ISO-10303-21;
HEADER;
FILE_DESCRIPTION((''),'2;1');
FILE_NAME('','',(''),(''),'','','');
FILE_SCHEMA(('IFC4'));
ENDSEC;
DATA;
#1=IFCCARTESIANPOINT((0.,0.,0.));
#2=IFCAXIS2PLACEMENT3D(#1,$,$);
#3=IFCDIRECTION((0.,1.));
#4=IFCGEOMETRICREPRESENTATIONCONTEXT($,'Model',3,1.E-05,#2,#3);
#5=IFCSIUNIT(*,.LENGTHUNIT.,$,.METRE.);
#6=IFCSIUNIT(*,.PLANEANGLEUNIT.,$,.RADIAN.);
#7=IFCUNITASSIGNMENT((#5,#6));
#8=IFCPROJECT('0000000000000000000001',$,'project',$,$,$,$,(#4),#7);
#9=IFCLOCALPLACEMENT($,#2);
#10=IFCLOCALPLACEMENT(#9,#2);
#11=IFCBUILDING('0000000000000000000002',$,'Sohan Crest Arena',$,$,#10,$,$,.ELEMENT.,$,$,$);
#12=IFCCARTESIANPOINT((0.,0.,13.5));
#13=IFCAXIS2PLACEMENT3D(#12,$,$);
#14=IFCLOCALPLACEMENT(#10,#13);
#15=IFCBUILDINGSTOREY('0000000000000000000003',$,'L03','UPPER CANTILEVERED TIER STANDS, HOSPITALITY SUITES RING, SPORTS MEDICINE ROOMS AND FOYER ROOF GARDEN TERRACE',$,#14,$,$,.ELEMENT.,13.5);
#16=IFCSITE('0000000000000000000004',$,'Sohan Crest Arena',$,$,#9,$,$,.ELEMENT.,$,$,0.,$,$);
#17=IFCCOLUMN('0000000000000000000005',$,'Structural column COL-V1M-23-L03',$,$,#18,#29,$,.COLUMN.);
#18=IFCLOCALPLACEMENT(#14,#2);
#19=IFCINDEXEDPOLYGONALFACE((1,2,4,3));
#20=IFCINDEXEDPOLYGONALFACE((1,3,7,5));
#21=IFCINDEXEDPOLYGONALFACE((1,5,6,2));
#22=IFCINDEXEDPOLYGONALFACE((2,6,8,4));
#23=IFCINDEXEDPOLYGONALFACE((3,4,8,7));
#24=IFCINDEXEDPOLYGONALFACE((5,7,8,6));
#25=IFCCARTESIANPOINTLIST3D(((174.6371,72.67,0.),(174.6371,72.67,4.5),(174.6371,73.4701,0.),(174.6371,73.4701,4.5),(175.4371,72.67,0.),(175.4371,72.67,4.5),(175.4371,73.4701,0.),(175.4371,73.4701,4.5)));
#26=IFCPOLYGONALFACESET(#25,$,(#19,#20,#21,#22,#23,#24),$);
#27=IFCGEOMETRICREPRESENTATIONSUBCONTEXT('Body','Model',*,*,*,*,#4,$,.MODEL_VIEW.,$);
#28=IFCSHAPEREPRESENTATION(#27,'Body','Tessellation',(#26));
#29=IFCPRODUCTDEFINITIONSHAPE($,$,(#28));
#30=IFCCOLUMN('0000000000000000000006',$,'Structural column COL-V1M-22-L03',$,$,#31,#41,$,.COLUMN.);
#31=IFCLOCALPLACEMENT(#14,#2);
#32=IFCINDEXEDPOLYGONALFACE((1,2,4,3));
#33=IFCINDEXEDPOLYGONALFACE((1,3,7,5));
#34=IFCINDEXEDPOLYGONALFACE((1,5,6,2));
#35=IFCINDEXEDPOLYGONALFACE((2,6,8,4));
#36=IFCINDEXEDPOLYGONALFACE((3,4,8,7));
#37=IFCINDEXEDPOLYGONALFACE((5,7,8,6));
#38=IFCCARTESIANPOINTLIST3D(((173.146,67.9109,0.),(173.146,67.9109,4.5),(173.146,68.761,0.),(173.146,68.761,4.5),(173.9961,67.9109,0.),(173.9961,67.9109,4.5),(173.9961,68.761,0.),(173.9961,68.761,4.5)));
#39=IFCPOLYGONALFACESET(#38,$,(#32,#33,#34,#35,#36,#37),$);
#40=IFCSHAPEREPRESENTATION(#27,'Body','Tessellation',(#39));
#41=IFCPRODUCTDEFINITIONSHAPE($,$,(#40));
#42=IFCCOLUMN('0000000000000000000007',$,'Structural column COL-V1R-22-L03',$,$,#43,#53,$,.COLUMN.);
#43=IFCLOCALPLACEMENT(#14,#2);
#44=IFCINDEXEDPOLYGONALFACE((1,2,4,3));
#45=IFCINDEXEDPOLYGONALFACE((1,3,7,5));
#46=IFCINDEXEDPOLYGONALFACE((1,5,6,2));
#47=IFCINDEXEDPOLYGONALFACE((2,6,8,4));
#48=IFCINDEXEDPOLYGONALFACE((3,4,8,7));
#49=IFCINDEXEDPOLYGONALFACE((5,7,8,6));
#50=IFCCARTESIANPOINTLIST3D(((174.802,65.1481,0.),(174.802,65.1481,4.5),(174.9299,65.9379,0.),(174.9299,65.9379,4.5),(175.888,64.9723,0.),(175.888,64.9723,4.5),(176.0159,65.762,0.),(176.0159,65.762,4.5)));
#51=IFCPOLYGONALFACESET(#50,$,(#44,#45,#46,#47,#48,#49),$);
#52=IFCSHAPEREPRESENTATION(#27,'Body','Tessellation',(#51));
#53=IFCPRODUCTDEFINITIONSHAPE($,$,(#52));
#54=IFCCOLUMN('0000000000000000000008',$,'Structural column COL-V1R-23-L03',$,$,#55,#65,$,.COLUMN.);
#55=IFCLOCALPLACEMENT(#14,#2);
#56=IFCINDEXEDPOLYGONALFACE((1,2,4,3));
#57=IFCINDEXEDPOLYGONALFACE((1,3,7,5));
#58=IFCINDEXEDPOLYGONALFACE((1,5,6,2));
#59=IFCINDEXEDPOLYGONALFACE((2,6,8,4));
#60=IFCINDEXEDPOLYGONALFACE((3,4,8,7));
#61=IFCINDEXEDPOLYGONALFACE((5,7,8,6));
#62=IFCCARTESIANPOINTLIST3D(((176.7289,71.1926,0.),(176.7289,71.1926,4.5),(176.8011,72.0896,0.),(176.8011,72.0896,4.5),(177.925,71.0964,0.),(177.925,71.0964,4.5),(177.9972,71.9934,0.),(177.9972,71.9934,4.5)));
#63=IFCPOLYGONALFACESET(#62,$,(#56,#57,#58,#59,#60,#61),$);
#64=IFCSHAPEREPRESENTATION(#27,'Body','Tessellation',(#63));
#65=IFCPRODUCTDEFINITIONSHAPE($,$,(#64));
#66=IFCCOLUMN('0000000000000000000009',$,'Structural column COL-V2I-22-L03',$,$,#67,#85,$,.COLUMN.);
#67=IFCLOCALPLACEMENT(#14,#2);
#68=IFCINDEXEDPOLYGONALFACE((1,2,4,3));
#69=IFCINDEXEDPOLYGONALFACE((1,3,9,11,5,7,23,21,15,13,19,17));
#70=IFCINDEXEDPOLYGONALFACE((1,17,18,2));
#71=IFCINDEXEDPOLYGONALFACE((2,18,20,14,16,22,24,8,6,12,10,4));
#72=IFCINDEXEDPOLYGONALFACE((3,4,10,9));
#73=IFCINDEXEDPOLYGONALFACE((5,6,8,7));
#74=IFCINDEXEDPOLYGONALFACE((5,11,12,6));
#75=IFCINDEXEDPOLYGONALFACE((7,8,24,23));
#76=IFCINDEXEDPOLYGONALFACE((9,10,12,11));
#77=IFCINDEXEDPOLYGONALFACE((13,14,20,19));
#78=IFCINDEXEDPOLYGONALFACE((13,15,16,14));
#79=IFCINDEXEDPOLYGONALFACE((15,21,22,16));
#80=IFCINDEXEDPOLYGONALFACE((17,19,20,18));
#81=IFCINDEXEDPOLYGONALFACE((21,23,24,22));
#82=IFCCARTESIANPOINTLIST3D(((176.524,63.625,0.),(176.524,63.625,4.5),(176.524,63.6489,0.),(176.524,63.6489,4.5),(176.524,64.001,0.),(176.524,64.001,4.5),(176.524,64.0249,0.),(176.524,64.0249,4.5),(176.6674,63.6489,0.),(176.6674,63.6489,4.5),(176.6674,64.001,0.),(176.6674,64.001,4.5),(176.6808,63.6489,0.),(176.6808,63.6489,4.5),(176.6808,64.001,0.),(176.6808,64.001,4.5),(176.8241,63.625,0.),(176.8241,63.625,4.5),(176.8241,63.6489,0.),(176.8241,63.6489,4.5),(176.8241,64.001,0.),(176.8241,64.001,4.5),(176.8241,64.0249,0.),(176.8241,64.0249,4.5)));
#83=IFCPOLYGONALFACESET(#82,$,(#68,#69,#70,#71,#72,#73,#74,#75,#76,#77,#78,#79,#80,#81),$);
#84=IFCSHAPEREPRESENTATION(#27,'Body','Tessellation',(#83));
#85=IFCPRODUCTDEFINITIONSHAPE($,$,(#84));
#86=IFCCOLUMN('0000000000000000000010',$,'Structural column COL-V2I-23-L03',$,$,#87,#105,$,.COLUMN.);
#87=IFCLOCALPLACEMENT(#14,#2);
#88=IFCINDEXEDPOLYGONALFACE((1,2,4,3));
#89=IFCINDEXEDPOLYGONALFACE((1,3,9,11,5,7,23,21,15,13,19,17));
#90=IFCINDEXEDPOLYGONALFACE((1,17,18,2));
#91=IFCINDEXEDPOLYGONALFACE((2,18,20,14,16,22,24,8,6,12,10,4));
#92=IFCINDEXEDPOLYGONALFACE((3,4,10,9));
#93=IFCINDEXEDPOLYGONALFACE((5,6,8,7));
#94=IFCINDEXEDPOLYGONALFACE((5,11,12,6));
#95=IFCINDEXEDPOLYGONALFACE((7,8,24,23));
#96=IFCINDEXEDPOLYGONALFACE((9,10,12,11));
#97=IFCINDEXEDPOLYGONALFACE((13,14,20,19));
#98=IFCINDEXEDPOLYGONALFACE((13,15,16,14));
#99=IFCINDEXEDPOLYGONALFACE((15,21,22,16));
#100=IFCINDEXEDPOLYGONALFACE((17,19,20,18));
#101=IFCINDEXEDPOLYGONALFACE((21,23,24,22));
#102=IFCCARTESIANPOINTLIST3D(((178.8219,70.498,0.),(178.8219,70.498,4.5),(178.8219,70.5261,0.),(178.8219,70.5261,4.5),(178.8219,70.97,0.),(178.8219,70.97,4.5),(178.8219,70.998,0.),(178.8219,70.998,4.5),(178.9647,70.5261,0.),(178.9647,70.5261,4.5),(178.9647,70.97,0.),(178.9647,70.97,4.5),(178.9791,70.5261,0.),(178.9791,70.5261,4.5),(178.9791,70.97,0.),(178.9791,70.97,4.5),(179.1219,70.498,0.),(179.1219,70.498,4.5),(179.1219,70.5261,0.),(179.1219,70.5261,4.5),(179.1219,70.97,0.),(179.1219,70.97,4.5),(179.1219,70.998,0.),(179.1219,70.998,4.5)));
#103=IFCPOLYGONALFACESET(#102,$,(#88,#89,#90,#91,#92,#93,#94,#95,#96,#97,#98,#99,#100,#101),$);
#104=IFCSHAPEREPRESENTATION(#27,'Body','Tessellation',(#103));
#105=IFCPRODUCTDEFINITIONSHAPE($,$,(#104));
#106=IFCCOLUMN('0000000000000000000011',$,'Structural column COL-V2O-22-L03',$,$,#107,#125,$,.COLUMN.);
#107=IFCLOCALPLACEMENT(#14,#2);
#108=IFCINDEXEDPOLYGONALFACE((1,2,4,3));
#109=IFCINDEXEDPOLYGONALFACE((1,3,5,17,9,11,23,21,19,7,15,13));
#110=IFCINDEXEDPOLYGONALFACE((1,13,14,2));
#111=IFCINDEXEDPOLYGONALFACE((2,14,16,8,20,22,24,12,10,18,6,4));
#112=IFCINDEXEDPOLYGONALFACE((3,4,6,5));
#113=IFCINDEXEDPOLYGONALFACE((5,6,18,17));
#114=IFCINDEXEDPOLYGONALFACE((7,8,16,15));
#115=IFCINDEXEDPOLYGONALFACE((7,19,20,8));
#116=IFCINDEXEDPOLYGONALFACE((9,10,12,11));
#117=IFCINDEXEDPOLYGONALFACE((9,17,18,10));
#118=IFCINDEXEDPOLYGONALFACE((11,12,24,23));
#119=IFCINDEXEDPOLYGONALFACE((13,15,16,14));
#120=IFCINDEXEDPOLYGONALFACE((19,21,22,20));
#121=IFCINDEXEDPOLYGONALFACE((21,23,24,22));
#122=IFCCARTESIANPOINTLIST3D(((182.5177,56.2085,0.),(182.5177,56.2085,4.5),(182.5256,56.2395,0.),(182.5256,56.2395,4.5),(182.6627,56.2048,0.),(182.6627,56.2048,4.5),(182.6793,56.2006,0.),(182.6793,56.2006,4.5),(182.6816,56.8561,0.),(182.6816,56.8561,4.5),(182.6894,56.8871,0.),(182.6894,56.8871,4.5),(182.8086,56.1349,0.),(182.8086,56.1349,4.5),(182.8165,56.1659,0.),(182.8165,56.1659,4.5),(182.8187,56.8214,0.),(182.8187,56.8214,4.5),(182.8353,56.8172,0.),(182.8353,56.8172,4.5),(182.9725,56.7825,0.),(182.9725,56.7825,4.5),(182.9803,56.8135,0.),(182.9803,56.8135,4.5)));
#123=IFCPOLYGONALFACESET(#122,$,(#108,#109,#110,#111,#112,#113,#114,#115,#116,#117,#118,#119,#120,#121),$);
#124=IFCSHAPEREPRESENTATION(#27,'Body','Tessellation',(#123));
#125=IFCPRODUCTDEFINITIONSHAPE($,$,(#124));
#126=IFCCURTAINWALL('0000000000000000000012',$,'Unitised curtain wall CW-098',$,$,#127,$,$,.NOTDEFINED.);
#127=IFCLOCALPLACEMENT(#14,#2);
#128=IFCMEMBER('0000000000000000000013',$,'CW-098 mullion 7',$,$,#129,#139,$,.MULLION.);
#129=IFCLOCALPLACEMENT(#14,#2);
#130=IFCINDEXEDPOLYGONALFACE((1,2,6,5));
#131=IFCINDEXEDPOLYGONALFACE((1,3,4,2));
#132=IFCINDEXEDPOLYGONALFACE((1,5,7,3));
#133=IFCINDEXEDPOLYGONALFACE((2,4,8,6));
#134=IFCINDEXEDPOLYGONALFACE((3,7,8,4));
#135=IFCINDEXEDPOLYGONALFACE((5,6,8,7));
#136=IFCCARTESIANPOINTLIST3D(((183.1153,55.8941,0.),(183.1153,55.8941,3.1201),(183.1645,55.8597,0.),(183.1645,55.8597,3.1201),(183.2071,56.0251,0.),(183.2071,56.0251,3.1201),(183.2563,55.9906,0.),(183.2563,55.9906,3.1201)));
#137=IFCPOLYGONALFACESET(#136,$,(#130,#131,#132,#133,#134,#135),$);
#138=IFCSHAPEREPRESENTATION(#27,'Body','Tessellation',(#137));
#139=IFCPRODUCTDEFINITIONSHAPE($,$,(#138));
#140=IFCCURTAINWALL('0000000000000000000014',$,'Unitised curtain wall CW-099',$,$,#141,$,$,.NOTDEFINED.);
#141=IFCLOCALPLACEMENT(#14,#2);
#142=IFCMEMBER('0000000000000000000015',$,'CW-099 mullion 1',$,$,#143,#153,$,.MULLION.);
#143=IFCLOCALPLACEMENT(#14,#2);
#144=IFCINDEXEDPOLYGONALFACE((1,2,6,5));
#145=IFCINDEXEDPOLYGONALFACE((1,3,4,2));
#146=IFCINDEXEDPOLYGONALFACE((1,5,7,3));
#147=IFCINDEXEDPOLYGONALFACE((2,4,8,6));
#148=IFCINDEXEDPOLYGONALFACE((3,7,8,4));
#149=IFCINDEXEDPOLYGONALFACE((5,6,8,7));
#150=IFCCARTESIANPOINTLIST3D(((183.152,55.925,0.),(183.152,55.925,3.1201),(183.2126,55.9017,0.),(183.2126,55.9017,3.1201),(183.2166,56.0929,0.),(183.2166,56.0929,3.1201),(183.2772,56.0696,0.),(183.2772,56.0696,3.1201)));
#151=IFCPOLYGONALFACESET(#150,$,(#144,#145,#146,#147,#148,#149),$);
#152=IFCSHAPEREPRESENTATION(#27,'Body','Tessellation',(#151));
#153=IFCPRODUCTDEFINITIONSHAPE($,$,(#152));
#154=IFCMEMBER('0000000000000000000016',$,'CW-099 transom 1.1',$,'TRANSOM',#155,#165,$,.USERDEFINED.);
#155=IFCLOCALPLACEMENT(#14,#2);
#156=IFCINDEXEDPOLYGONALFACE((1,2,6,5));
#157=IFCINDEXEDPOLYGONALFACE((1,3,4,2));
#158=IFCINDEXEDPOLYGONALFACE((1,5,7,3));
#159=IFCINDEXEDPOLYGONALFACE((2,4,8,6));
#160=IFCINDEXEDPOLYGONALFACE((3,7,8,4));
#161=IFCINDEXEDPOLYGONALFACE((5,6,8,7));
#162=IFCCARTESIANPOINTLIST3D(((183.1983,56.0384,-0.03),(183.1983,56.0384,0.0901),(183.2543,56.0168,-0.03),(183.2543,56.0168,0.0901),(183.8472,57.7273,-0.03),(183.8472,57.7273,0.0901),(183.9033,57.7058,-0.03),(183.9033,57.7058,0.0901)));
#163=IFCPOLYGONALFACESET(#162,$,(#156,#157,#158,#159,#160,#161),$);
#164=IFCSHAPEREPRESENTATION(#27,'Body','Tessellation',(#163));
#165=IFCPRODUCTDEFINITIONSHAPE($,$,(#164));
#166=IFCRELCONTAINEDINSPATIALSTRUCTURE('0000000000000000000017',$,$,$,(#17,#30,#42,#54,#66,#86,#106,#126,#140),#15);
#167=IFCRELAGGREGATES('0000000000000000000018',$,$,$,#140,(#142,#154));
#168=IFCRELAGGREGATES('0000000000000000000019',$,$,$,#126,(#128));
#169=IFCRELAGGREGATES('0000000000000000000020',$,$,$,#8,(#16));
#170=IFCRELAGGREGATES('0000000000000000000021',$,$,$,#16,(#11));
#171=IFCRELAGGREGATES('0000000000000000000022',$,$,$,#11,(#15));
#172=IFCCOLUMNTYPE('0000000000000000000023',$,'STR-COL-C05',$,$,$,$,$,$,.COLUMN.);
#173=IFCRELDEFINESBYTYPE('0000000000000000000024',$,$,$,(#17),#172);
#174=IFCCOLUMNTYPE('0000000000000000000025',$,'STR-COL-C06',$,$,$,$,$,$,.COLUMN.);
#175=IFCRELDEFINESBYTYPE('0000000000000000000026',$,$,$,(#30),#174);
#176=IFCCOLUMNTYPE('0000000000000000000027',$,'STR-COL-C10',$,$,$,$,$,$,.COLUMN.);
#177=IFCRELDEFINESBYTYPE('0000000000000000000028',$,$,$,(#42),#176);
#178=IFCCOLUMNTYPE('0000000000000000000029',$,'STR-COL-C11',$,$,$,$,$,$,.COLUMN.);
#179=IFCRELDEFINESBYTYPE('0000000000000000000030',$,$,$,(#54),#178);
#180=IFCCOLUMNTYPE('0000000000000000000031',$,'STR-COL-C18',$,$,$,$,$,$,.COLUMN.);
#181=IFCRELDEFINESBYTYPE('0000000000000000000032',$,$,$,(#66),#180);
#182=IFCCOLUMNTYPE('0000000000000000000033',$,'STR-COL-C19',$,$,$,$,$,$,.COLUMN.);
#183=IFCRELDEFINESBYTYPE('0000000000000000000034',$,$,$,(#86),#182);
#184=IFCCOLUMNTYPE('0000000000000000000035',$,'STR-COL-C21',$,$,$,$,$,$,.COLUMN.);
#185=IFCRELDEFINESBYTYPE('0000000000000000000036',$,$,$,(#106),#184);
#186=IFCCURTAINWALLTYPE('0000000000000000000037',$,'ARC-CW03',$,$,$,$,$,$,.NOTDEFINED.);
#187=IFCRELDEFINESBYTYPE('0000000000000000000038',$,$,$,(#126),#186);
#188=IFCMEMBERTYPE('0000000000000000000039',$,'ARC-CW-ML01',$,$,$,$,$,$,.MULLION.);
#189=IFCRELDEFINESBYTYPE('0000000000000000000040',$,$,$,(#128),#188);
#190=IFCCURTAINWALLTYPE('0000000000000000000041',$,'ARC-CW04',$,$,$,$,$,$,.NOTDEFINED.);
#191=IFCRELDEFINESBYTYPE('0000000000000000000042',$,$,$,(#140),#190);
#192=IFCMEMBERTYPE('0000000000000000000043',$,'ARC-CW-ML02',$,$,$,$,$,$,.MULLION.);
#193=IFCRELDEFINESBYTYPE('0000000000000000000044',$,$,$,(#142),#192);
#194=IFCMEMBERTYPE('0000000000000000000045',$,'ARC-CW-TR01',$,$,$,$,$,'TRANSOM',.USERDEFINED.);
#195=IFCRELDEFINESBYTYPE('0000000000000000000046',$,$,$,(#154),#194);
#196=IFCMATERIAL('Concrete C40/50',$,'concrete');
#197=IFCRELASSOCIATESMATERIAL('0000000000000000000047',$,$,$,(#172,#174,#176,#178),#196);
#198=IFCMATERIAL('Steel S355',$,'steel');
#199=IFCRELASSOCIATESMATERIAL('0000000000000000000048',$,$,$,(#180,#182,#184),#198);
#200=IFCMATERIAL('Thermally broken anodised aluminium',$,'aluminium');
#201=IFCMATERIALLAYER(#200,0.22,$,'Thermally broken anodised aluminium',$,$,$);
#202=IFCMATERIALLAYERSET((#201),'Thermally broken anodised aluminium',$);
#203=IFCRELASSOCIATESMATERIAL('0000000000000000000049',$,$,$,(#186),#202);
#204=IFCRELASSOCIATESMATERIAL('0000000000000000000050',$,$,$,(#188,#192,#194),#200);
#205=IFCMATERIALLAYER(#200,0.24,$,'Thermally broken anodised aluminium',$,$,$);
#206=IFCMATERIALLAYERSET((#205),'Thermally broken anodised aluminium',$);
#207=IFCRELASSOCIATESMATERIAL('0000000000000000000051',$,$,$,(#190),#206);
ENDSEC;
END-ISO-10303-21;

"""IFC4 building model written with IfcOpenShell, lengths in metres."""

from ifc_helpers import new_model, si_unit, direction, frame, origin, origin_2d, place, context, subcontext, project, spatial, rectangle, i_section, extrude, material, layer, layer_set, material_profile, profile_set, type_object, element, aggregate, save


model = new_model("IFC4")

# Units and contexts
model_context = context("Model", 3, precision=1e-05, world=origin(), true_north=direction((0.0, 1.0)))
body_context = subcontext(model_context, "Body", "Model", "MODEL_VIEW")
ifc_project = project(units=[si_unit("LENGTHUNIT", "METRE"), si_unit("PLANEANGLEUNIT", "RADIAN")], contexts=[model_context])

# Site, building, storey
site_placement = place(None, origin())
site = spatial("IfcSite", under=ifc_project, at=site_placement, Name="Sohan Crest Arena", CompositionType="ELEMENT", RefElevation=0.0)
building_placement = place(site_placement, origin())
building = spatial("IfcBuilding", under=site, at=building_placement, Name="Sohan Crest Arena", CompositionType="ELEMENT")
storey_placement = place(building_placement, frame((0.0, 0.0, 13.5)))
storey = spatial("IfcBuildingStorey", under=building, at=storey_placement, Name="L03", Description="UPPER CANTILEVERED TIER STANDS, HOSPITALITY SUITES RING, SPORTS MEDICINE ROOMS AND FOYER ROOF GARDEN TERRACE", CompositionType="ELEMENT", Elevation=13.5)

# Columns
ifc_material_1 = material(Name="Concrete C40/50", Category="concrete")
ifc_material_profile_1 = material_profile(ifc_material_1, rectangle(XDim=0.8, YDim=0.8, at=origin_2d()), Name="RC 800x800")
ifc_profile_set_1 = profile_set([ifc_material_profile_1], Name="Concrete C40/50")
column_type_1 = type_object("IfcColumnType", Name="STR-COL-C05", PredefinedType="COLUMN", material=ifc_profile_set_1)
column_1_placement = place(storey_placement, frame((175.0371, 73.0701, 0.0), z_axis=(0.0, 0.0, 1.0), x_axis=(1.0, 0.0, 0.0)))
element("IfcColumn", 1, at=column_1_placement, inside=storey, type_object=column_type_1, Name="Structural column COL-V1M-23-L03", PredefinedType="COLUMN", context=body_context, shape_type="SweptSolid", body=[
    extrude(rectangle(XDim=0.8, YDim=0.8, at=origin_2d()), origin(), (0.0, 0.0, 1.0), 4.5),
])
ifc_material_profile_2 = material_profile(ifc_material_1, rectangle(XDim=0.8501, YDim=0.8501, at=origin_2d()), Name="RC 850x850")
ifc_profile_set_2 = profile_set([ifc_material_profile_2], Name="Concrete C40/50")
column_type_2 = type_object("IfcColumnType", Name="STR-COL-C06", PredefinedType="COLUMN", material=ifc_profile_set_2)
column_2_placement = place(storey_placement, frame((173.571, 68.3359, 0.0), z_axis=(0.0, 0.0, 1.0), x_axis=(1.0, 0.0, 0.0)))
element("IfcColumn", 2, at=column_2_placement, inside=storey, type_object=column_type_2, Name="Structural column COL-V1M-22-L03", PredefinedType="COLUMN", context=body_context, shape_type="SweptSolid", body=[
    extrude(rectangle(XDim=0.8501, YDim=0.8501, at=origin_2d()), origin(), (0.0, 0.0, 1.0), 4.5),
])
ifc_material_profile_3 = material_profile(ifc_material_1, rectangle(XDim=1.1001, YDim=0.8, at=origin_2d()), Name="RC 1100x800")
ifc_profile_set_3 = profile_set([ifc_material_profile_3], Name="Concrete C40/50")
column_type_3 = type_object("IfcColumnType", Name="STR-COL-C10", PredefinedType="COLUMN", material=ifc_profile_set_3)
column_3_placement = place(storey_placement, frame((175.4089, 65.4551, 0.0), z_axis=(0.0, 0.0, 1.0), x_axis=(-0.987136, 0.159881, 0.0)))
element("IfcColumn", 3, at=column_3_placement, inside=storey, type_object=column_type_3, Name="Structural column COL-V1R-22-L03", PredefinedType="COLUMN", context=body_context, shape_type="SweptSolid", body=[
    extrude(rectangle(XDim=1.1001, YDim=0.8, at=origin_2d()), origin(), (0.0, 0.0, 1.0), 4.5),
])
ifc_material_profile_4 = material_profile(ifc_material_1, rectangle(XDim=1.2, YDim=0.8999, at=origin_2d()), Name="RC 1200x900")
ifc_profile_set_4 = profile_set([ifc_material_profile_4], Name="Concrete C40/50")
column_type_4 = type_object("IfcColumnType", Name="STR-COL-C11", PredefinedType="COLUMN", material=ifc_profile_set_4)
column_4_placement = place(storey_placement, frame((177.363, 71.593, 0.0), z_axis=(0.0, 0.0, 1.0), x_axis=(-0.996779, 0.080199, 0.0)))
element("IfcColumn", 4, at=column_4_placement, inside=storey, type_object=column_type_4, Name="Structural column COL-V1R-23-L03", PredefinedType="COLUMN", context=body_context, shape_type="SweptSolid", body=[
    extrude(rectangle(XDim=1.2, YDim=0.8999, at=origin_2d()), origin(), (0.0, 0.0, 1.0), 4.5),
])
ifc_material_2 = material(Name="Steel S355", Category="steel")
ifc_material_profile_5 = material_profile(ifc_material_2, i_section(OverallWidth=0.3, OverallDepth=0.3999, WebThickness=0.0134, FlangeThickness=0.0239, at=origin_2d()), Name="HEB 400")
ifc_profile_set_5 = profile_set([ifc_material_profile_5], Name="Steel S355")
column_type_5 = type_object("IfcColumnType", Name="STR-COL-C18", PredefinedType="COLUMN", material=ifc_profile_set_5)
column_5_placement = place(storey_placement, frame((176.6741, 63.825, 0.0), z_axis=(0.0, 0.0, 1.0), x_axis=(1.0, 0.0, 0.0)))
element("IfcColumn", 5, at=column_5_placement, inside=storey, type_object=column_type_5, Name="Structural column COL-V2I-22-L03", PredefinedType="COLUMN", context=body_context, shape_type="SweptSolid", body=[
    extrude(i_section(OverallWidth=0.3, OverallDepth=0.3999, WebThickness=0.0134, FlangeThickness=0.0239, at=origin_2d()), origin(), (0.0, 0.0, 1.0), 4.5),
])
ifc_material_profile_6 = material_profile(ifc_material_2, i_section(OverallWidth=0.3, OverallDepth=0.5, WebThickness=0.0144, FlangeThickness=0.0281, at=origin_2d()), Name="HEB 500")
ifc_profile_set_6 = profile_set([ifc_material_profile_6], Name="Steel S355")
column_type_6 = type_object("IfcColumnType", Name="STR-COL-C19", PredefinedType="COLUMN", material=ifc_profile_set_6)
column_6_placement = place(storey_placement, frame((178.9719, 70.748, 0.0), z_axis=(0.0, 0.0, 1.0), x_axis=(1.0, 0.0, 0.0)))
element("IfcColumn", 6, at=column_6_placement, inside=storey, type_object=column_type_6, Name="Structural column COL-V2I-23-L03", PredefinedType="COLUMN", context=body_context, shape_type="SweptSolid", body=[
    extrude(i_section(OverallWidth=0.3, OverallDepth=0.5, WebThickness=0.0144, FlangeThickness=0.0281, at=origin_2d()), origin(), (0.0, 0.0, 1.0), 4.5),
])
ifc_material_profile_7 = material_profile(ifc_material_2, i_section(OverallWidth=0.3, OverallDepth=0.7, WebThickness=0.0171, FlangeThickness=0.032, at=origin_2d()), Name="HEB 700")
ifc_profile_set_7 = profile_set([ifc_material_profile_7], Name="Steel S355")
column_type_7 = type_object("IfcColumnType", Name="STR-COL-C21", PredefinedType="COLUMN", material=ifc_profile_set_7)
column_7_placement = place(storey_placement, frame((182.749, 56.511, 0.0), z_axis=(0.0, 0.0, 1.0), x_axis=(-0.969445, 0.245307, 0.0)))
element("IfcColumn", 7, at=column_7_placement, inside=storey, type_object=column_type_7, Name="Structural column COL-V2O-22-L03", PredefinedType="COLUMN", context=body_context, shape_type="SweptSolid", body=[
    extrude(i_section(OverallWidth=0.3, OverallDepth=0.7, WebThickness=0.0171, FlangeThickness=0.032, at=origin_2d()), origin(), (0.0, 0.0, 1.0), 4.5),
])

# Curtain wall, member
ifc_material_3 = material(Name="Thermally broken anodised aluminium", Category="aluminium")
ifc_layer_1 = layer(ifc_material_3, 0.22, Name="Thermally broken anodised aluminium")
ifc_layer_set_1 = layer_set([ifc_layer_1], Name="Thermally broken anodised aluminium")
curtain_wall_type_1 = type_object("IfcCurtainWallType", Name="ARC-CW03", PredefinedType="NOTDEFINED", material=ifc_layer_set_1)
curtain_wall_1_placement = place(storey_placement, origin())
curtain_wall_1 = element("IfcCurtainWall", 8, at=curtain_wall_1_placement, inside=storey, type_object=curtain_wall_type_1, Name="Unitised curtain wall CW-098", PredefinedType="NOTDEFINED")
ifc_material_profile_8 = material_profile(ifc_material_3, rectangle(XDim=0.0601, YDim=0.1599, at=origin_2d()), Name="ALU-MULL 60x160")
ifc_profile_set_8 = profile_set([ifc_material_profile_8], Name="Thermally broken anodised aluminium")
member_type_1 = type_object("IfcMemberType", Name="ARC-CW-ML01", PredefinedType="MULLION", material=ifc_profile_set_8)
member_1_placement = place(storey_placement, frame((183.1858, 55.9424, 0.0), z_axis=(0.0, 0.0, 1.0), x_axis=(-0.818899, 0.573938, 0.0)))
member_1 = element("IfcMember", 9, at=member_1_placement, type_object=member_type_1, Name="CW-098 mullion 7", PredefinedType="MULLION", context=body_context, shape_type="SweptSolid", body=[
    extrude(rectangle(XDim=0.0601, YDim=0.1599, at=origin_2d()), origin(), (0.0, 0.0, 1.0), 3.1201),
])

# Curtain wall, members
ifc_layer_2 = layer(ifc_material_3, 0.24, Name="Thermally broken anodised aluminium")
ifc_layer_set_2 = layer_set([ifc_layer_2], Name="Thermally broken anodised aluminium")
curtain_wall_type_2 = type_object("IfcCurtainWallType", Name="ARC-CW04", PredefinedType="NOTDEFINED", material=ifc_layer_set_2)
curtain_wall_2_placement = place(storey_placement, origin())
curtain_wall_2 = element("IfcCurtainWall", 10, at=curtain_wall_2_placement, inside=storey, type_object=curtain_wall_type_2, Name="Unitised curtain wall CW-099", PredefinedType="NOTDEFINED")
ifc_material_profile_9 = material_profile(ifc_material_3, rectangle(XDim=0.0649, YDim=0.1799, at=origin_2d()), Name="ALU-MULL 65x180")
ifc_profile_set_9 = profile_set([ifc_material_profile_9], Name="Thermally broken anodised aluminium")
member_type_2 = type_object("IfcMemberType", Name="ARC-CW-ML02", PredefinedType="MULLION", material=ifc_profile_set_9)
member_2_placement = place(storey_placement, frame((183.2146, 55.9973, 0.0), z_axis=(0.0, 0.0, 1.0), x_axis=(-0.933472, 0.358651, 0.0)))
member_2 = element("IfcMember", 11, at=member_2_placement, type_object=member_type_2, Name="CW-099 mullion 1", PredefinedType="MULLION", context=body_context, shape_type="SweptSolid", body=[
    extrude(rectangle(XDim=0.0649, YDim=0.1799, at=origin_2d()), origin(), (0.0, 0.0, 1.0), 3.1201),
])
ifc_material_profile_10 = material_profile(ifc_material_3, rectangle(XDim=0.0601, YDim=0.1201, at=origin_2d()), Name="ALU-TRAN 60x120")
ifc_profile_set_10 = profile_set([ifc_material_profile_10], Name="Thermally broken anodised aluminium")
member_type_3 = type_object("IfcMemberType", Name="ARC-CW-TR01", ElementType="TRANSOM", PredefinedType="USERDEFINED", material=ifc_profile_set_10)
member_3_placement = place(storey_placement, frame((183.2263, 56.0276, 0.03), z_axis=(0.358654, 0.933471, 0.0), x_axis=(-0.933471, 0.358654, 0.0)))
member_3 = element("IfcMember", 12, at=member_3_placement, type_object=member_type_3, Name="CW-099 transom 1.1", ObjectType="TRANSOM", PredefinedType="USERDEFINED", context=body_context, shape_type="SweptSolid", body=[
    extrude(rectangle(XDim=0.0601, YDim=0.1201, at=origin_2d()), origin(), (0.0, 0.0, 1.0), 1.8093),
])
aggregate(curtain_wall_2, [member_2, member_3])

aggregate(curtain_wall_1, [member_1])

save(model, "model.ifc")
